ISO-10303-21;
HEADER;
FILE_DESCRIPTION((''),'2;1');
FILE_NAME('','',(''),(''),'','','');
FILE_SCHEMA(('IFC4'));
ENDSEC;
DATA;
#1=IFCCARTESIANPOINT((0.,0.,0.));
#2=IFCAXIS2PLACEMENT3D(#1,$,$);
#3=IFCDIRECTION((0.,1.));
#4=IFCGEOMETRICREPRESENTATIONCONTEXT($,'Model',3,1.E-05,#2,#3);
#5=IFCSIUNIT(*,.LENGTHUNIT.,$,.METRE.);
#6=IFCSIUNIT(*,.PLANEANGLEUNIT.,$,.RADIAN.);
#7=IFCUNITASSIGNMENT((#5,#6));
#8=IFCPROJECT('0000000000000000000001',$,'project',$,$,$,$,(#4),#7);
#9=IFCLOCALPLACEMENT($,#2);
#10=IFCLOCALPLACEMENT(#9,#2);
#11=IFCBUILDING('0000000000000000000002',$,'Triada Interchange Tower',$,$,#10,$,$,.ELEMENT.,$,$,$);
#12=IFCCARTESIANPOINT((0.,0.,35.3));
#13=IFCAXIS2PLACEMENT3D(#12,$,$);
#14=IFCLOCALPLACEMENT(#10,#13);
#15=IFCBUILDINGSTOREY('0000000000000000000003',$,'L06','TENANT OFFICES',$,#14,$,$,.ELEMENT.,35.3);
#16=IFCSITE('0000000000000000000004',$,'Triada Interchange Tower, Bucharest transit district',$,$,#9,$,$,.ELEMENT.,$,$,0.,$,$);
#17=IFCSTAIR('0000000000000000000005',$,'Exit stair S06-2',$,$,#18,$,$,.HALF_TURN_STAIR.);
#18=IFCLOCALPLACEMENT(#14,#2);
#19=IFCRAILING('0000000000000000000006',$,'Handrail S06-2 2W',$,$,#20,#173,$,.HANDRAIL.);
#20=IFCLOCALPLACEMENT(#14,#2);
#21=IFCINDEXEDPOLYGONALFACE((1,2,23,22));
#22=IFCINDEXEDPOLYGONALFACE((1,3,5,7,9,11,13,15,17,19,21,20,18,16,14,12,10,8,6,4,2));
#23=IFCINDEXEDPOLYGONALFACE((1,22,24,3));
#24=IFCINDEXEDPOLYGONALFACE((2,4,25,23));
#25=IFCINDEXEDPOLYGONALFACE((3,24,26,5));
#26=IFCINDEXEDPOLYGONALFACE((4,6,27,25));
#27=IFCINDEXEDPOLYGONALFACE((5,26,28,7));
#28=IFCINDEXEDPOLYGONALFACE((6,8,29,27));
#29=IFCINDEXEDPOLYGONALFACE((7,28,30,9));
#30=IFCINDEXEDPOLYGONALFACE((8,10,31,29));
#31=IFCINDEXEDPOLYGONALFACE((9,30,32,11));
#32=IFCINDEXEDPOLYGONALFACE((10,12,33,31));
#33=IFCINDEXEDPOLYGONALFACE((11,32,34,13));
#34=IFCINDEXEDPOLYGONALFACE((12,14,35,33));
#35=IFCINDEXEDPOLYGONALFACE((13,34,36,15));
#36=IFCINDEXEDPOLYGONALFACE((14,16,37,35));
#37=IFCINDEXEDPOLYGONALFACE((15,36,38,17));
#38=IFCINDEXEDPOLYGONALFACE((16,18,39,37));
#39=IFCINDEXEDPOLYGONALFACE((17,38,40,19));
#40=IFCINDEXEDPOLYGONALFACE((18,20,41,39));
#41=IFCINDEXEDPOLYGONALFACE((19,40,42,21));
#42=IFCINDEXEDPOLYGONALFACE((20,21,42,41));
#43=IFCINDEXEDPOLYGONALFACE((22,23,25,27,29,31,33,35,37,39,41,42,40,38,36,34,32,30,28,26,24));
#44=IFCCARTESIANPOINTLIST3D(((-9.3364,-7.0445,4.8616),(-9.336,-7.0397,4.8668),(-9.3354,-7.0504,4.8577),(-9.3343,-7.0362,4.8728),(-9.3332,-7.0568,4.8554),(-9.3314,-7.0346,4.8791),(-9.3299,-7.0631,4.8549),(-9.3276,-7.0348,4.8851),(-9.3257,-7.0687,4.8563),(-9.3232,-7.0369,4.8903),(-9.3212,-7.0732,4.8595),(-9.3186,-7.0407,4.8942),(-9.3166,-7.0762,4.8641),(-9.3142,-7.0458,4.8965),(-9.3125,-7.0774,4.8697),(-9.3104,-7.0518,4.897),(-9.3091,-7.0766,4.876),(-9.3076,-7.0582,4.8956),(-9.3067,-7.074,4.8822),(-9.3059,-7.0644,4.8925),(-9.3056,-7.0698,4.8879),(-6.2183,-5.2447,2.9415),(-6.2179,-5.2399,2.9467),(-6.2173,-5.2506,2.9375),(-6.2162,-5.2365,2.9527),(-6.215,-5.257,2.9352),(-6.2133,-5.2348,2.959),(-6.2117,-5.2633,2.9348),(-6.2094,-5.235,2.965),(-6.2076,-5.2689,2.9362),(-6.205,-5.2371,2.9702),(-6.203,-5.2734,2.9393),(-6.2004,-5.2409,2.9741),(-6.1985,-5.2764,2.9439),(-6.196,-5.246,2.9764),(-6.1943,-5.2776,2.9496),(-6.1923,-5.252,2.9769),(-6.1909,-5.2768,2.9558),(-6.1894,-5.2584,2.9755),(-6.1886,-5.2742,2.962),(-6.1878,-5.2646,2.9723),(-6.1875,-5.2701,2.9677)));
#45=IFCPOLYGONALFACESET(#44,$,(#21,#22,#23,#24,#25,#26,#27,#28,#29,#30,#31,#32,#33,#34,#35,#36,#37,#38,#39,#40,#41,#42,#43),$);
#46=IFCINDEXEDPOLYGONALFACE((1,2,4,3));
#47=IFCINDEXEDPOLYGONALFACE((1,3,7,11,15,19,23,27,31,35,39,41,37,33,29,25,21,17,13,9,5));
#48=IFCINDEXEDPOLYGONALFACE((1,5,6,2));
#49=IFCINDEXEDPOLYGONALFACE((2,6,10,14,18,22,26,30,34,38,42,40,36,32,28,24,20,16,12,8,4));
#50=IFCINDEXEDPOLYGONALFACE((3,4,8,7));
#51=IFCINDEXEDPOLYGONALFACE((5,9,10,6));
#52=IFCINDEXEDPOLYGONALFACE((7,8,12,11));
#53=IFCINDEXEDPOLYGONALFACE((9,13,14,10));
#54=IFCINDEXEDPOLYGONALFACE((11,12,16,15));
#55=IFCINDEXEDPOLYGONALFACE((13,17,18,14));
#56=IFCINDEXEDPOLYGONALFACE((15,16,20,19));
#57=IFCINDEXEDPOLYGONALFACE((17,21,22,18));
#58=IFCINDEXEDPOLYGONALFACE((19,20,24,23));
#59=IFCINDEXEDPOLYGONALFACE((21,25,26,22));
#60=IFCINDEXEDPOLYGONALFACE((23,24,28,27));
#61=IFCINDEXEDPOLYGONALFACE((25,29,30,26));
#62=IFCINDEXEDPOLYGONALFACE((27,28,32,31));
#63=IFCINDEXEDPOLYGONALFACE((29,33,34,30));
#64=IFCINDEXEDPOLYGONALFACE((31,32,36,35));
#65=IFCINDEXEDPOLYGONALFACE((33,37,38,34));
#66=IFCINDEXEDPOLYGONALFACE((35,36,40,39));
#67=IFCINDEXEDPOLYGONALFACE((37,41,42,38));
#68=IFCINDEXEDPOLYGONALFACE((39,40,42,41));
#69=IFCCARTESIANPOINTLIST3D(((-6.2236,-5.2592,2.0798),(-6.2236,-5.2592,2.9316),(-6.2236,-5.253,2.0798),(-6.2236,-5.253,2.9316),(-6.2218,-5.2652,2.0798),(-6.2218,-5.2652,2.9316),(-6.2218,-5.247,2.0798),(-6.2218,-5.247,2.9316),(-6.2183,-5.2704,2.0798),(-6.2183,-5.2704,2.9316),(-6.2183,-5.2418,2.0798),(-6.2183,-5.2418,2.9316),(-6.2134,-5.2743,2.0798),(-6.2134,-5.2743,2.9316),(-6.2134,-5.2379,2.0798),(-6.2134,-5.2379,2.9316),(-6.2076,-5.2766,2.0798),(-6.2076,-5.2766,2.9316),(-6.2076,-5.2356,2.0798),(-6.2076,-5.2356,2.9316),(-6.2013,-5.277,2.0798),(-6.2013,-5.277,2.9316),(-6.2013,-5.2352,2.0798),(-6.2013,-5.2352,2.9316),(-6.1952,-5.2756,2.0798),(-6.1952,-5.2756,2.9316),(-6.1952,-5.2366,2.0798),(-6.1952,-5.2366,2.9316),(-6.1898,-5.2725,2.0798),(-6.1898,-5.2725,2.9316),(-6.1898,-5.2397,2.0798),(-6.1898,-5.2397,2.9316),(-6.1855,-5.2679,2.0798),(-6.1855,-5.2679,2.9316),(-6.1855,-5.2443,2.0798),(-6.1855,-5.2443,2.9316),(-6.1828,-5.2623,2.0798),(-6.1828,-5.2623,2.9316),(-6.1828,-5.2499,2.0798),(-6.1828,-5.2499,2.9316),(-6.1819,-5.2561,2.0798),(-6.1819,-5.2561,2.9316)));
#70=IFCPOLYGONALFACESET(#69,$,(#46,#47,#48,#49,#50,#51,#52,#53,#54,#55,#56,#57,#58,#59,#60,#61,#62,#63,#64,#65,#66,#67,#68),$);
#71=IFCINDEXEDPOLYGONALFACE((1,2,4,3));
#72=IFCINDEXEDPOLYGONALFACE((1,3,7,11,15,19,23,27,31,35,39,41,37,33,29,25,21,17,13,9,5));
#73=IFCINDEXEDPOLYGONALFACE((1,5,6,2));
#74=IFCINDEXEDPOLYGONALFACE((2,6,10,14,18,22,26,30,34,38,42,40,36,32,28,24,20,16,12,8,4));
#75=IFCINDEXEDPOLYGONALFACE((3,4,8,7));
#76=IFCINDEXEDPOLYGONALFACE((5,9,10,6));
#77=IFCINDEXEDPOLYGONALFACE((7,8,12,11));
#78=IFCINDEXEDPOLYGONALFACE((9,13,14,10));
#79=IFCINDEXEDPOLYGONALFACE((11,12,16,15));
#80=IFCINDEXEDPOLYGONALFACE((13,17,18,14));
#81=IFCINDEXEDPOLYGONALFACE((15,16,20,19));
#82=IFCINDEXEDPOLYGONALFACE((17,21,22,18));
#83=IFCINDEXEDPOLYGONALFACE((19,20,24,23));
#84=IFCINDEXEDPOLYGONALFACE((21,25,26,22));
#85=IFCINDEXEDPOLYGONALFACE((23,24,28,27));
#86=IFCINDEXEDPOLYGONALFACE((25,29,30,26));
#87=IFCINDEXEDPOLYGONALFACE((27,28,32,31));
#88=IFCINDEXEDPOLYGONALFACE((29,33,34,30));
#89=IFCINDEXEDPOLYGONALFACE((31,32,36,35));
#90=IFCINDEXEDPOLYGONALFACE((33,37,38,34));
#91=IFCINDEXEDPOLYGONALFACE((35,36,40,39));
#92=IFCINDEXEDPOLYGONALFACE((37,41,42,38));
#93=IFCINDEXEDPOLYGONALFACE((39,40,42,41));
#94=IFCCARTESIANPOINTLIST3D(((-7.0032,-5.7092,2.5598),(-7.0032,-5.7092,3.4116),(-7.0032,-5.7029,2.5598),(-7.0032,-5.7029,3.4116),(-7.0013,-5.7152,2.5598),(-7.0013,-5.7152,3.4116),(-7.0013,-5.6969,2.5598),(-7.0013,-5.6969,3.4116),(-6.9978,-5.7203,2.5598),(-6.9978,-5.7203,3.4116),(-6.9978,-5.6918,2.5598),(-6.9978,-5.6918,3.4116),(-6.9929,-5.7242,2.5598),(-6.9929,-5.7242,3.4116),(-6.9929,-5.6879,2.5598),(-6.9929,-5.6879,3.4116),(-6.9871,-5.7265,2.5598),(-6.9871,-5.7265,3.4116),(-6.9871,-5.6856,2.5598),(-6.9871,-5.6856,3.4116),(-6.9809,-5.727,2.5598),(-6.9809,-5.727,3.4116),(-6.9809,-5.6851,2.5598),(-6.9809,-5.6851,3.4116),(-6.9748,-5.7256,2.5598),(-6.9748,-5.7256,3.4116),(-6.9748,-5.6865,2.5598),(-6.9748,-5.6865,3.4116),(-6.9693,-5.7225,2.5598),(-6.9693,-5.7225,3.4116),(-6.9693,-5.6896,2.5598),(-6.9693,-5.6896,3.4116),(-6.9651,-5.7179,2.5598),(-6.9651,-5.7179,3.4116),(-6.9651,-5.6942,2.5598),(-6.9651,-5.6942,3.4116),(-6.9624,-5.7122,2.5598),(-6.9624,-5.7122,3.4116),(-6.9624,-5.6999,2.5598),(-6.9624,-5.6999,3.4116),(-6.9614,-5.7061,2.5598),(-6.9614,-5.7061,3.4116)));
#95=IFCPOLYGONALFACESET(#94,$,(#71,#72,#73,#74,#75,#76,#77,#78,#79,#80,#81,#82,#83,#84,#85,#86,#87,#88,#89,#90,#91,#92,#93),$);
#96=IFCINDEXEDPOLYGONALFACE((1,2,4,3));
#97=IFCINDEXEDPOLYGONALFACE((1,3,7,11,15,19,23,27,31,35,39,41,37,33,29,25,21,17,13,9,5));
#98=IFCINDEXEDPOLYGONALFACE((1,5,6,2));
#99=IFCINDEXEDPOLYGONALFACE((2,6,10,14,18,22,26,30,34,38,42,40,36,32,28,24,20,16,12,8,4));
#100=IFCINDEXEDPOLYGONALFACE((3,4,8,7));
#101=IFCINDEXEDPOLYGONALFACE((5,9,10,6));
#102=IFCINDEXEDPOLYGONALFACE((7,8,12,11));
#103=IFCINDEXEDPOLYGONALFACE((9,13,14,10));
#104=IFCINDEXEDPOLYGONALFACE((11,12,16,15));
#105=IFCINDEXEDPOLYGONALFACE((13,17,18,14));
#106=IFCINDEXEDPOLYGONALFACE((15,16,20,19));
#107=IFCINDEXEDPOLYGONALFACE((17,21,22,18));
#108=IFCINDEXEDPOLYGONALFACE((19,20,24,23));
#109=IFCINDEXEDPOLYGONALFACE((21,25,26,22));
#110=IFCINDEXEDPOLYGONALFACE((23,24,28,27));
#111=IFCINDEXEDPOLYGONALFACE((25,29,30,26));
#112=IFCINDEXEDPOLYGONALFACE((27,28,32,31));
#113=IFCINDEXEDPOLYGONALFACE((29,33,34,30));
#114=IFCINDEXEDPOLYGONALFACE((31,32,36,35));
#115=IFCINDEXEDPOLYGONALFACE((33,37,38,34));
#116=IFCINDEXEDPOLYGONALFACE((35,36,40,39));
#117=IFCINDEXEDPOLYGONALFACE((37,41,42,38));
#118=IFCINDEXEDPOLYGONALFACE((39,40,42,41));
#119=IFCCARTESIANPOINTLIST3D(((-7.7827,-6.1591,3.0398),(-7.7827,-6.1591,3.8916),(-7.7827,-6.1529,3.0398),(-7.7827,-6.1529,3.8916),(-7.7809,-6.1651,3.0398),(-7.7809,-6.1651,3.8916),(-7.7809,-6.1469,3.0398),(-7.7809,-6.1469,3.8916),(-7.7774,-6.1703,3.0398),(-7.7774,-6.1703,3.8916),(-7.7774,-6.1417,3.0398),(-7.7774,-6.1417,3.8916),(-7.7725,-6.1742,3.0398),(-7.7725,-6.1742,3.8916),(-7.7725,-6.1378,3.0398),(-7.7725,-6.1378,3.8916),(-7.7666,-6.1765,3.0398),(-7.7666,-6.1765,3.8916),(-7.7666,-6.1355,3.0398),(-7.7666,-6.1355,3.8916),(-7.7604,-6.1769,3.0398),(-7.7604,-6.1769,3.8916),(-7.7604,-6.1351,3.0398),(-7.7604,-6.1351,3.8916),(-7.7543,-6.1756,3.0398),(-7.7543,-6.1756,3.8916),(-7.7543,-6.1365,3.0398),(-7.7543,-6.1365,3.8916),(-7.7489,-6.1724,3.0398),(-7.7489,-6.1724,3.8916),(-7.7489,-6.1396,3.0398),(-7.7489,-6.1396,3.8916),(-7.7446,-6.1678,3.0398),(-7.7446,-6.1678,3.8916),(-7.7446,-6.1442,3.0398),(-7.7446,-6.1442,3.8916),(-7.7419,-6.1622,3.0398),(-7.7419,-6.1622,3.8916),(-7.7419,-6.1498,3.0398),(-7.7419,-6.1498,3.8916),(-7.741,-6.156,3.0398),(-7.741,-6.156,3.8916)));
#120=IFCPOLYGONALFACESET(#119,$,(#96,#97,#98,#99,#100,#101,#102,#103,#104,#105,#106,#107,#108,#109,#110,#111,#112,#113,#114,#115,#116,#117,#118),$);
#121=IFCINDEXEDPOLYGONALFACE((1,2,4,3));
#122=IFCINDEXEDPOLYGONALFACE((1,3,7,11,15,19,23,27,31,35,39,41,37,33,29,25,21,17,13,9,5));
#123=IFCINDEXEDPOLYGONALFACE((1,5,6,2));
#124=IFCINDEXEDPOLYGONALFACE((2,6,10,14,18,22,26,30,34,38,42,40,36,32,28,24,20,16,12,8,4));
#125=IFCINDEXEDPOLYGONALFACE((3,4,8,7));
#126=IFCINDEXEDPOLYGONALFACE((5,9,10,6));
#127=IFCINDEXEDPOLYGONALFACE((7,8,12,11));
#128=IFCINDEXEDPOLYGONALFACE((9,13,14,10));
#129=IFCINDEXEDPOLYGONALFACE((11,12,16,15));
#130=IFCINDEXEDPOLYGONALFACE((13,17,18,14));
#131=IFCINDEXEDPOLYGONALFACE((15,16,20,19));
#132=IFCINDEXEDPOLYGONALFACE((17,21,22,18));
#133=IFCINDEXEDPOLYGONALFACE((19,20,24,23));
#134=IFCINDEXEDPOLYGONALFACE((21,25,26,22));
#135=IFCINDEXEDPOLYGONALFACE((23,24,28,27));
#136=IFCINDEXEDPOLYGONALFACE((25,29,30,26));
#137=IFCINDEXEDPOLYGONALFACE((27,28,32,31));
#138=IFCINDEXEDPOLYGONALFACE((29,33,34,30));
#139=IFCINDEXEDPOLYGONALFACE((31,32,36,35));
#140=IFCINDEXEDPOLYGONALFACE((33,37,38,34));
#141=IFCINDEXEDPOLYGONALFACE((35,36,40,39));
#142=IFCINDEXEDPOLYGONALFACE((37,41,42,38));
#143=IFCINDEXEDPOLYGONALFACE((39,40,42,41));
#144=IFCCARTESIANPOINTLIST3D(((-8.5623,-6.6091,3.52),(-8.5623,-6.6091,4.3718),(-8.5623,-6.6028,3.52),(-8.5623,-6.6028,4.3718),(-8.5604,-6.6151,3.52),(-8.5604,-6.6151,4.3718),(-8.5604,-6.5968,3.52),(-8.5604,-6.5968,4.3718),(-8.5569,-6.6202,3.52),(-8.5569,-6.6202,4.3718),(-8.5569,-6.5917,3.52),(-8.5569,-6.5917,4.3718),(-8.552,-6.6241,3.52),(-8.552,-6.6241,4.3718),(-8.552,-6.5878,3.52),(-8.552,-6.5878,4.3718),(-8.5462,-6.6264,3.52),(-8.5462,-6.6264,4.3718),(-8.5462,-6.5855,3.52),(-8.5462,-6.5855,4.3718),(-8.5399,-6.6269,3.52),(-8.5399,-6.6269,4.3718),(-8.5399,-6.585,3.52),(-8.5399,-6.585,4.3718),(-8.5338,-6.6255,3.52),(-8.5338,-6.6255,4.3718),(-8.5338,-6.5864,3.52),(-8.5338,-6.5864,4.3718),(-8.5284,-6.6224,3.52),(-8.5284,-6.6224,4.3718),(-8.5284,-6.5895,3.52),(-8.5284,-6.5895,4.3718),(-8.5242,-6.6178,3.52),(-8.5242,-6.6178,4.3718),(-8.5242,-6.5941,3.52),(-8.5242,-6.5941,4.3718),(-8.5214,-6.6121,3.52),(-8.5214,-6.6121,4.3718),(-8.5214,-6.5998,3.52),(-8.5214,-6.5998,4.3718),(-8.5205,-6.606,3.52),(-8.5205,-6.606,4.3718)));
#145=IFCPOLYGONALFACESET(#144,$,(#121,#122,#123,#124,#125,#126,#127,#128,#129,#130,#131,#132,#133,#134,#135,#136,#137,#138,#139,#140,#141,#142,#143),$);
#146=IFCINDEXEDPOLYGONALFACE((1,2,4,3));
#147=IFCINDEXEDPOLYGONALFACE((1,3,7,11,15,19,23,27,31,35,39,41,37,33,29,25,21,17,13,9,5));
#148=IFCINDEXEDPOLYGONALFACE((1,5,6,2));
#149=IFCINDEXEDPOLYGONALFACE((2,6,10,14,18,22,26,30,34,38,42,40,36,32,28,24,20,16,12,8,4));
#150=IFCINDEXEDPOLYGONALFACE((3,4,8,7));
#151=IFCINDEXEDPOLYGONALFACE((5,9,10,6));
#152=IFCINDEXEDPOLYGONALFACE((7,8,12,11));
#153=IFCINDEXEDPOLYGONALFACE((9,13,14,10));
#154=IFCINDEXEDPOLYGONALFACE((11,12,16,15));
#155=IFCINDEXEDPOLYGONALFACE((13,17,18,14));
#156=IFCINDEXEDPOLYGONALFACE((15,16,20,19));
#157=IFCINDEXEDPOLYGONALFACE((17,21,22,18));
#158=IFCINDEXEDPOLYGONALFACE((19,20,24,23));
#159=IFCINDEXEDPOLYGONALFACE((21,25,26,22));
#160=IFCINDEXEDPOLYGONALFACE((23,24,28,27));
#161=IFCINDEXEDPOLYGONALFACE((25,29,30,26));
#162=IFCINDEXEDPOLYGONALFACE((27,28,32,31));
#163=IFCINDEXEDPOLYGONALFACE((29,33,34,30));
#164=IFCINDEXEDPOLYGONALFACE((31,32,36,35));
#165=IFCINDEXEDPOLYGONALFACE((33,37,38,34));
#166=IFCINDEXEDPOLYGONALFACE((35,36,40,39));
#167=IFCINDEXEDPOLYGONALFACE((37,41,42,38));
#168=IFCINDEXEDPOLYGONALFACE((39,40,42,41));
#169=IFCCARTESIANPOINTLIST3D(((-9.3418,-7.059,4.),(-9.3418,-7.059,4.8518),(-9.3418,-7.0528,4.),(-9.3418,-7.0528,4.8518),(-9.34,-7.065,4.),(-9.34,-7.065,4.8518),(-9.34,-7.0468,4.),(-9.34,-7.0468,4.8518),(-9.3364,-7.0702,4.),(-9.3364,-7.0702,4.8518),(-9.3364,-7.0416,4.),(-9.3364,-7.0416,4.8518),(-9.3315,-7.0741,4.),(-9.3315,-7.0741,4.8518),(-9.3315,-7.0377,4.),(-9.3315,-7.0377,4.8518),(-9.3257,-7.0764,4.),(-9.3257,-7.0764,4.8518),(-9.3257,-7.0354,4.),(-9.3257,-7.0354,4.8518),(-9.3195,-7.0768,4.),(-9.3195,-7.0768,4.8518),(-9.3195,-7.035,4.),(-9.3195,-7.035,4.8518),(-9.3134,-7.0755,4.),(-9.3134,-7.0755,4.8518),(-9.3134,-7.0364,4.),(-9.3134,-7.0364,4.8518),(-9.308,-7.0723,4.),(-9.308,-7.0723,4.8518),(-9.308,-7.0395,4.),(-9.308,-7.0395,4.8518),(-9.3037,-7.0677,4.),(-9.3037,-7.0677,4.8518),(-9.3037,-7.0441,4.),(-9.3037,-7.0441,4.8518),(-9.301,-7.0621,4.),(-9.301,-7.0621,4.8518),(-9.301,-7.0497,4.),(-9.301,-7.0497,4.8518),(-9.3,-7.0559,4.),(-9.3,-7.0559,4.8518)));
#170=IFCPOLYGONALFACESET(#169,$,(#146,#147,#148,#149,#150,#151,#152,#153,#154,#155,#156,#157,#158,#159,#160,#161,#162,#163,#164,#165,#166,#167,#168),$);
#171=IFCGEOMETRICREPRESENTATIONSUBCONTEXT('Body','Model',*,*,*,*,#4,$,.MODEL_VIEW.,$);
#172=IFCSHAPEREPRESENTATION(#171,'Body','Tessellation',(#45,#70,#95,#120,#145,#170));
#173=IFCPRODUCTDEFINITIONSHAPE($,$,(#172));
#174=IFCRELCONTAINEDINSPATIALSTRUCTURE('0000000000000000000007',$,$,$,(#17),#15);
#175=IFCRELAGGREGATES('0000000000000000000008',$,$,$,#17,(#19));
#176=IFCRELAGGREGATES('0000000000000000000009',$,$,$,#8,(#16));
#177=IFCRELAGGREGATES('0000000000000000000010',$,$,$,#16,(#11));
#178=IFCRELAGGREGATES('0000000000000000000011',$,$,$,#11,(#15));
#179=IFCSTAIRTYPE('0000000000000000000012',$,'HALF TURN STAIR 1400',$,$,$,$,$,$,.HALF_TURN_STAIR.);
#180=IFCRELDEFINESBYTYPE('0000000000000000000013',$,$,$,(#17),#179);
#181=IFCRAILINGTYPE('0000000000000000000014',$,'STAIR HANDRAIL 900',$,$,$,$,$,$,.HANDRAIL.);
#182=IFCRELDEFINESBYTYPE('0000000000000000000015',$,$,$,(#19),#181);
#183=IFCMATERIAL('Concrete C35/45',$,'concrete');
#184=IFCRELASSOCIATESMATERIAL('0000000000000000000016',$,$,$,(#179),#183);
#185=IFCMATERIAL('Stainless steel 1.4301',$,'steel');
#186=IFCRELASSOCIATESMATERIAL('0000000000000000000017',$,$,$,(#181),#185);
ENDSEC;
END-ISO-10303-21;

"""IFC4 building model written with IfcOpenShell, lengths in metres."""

from ifc_helpers import new_model, si_unit, direction, frame, origin, origin_2d, place, context, subcontext, project, spatial, circle, extrude, material, type_object, element, aggregate, save


model = new_model("IFC4")

# Units and contexts
model_context = context("Model", 3, precision=1e-05, world=origin(), true_north=direction((0.0, 1.0)))
body_context = subcontext(model_context, "Body", "Model", "MODEL_VIEW")
ifc_project = project(units=[si_unit("LENGTHUNIT", "METRE"), si_unit("PLANEANGLEUNIT", "RADIAN")], contexts=[model_context])

# Site, building, storey
site_placement = place(None, origin())
site = spatial("IfcSite", under=ifc_project, at=site_placement, Name="Triada Interchange Tower, Bucharest transit district", CompositionType="ELEMENT", RefElevation=0.0)
building_placement = place(site_placement, origin())
building = spatial("IfcBuilding", under=site, at=building_placement, Name="Triada Interchange Tower", CompositionType="ELEMENT")
storey_placement = place(building_placement, frame((0.0, 0.0, 35.3)))
storey = spatial("IfcBuildingStorey", under=building, at=storey_placement, Name="L06", Description="TENANT OFFICES", CompositionType="ELEMENT", Elevation=35.3)

# Stair, railing
ifc_material_1 = material(Name="Concrete C35/45", Category="concrete")
stair_type = type_object("IfcStairType", Name="HALF TURN STAIR 1400", PredefinedType="HALF_TURN_STAIR", material=ifc_material_1)
stair_placement = place(storey_placement, origin())
stair = element("IfcStair", 1, at=stair_placement, inside=storey, type_object=stair_type, Name="Exit stair S06-2", PredefinedType="HALF_TURN_STAIR")
ifc_material_2 = material(Name="Stainless steel 1.4301", Category="steel")
railing_type = type_object("IfcRailingType", Name="STAIR HANDRAIL 900", PredefinedType="HANDRAIL", material=ifc_material_2)
railing_1_placement = place(storey_placement, frame((-6.2029, -5.2561, 2.0798)))
railing_1 = element("IfcRailing", 2, at=railing_1_placement, type_object=railing_type, Name="Handrail S06-2 2W", PredefinedType="HANDRAIL", context=body_context, shape_type="SweptSolid", body=[
    extrude(circle(Radius=0.0239, at=origin_2d()), frame((0.0, 0.0, 0.876), z_axis=(-0.76419, -0.44109, 0.470588), x_axis=(0.499902, -0.866082, 0.0)), (0.0, 0.0, 1.0), 4.0803),
    extrude(circle(Radius=0.021, at=origin_2d()), origin(), (0.0, 0.0, 1.0), 0.8518),
    extrude(circle(Radius=0.021, at=origin_2d()), frame((-0.7795, -0.45, 0.48)), (0.0, 0.0, 1.0), 0.8518),
    extrude(circle(Radius=0.021, at=origin_2d()), frame((-1.5591, -0.8999, 0.96)), (0.0, 0.0, 1.0), 0.8518),
    extrude(circle(Radius=0.021, at=origin_2d()), frame((-2.3386, -1.3499, 1.4402)), (0.0, 0.0, 1.0), 0.8518),
    extrude(circle(Radius=0.021, at=origin_2d()), frame((-3.1182, -1.7998, 1.9202)), (0.0, 0.0, 1.0), 0.8518),
])
aggregate(stair, [railing_1])

save(model, "model.ifc")
